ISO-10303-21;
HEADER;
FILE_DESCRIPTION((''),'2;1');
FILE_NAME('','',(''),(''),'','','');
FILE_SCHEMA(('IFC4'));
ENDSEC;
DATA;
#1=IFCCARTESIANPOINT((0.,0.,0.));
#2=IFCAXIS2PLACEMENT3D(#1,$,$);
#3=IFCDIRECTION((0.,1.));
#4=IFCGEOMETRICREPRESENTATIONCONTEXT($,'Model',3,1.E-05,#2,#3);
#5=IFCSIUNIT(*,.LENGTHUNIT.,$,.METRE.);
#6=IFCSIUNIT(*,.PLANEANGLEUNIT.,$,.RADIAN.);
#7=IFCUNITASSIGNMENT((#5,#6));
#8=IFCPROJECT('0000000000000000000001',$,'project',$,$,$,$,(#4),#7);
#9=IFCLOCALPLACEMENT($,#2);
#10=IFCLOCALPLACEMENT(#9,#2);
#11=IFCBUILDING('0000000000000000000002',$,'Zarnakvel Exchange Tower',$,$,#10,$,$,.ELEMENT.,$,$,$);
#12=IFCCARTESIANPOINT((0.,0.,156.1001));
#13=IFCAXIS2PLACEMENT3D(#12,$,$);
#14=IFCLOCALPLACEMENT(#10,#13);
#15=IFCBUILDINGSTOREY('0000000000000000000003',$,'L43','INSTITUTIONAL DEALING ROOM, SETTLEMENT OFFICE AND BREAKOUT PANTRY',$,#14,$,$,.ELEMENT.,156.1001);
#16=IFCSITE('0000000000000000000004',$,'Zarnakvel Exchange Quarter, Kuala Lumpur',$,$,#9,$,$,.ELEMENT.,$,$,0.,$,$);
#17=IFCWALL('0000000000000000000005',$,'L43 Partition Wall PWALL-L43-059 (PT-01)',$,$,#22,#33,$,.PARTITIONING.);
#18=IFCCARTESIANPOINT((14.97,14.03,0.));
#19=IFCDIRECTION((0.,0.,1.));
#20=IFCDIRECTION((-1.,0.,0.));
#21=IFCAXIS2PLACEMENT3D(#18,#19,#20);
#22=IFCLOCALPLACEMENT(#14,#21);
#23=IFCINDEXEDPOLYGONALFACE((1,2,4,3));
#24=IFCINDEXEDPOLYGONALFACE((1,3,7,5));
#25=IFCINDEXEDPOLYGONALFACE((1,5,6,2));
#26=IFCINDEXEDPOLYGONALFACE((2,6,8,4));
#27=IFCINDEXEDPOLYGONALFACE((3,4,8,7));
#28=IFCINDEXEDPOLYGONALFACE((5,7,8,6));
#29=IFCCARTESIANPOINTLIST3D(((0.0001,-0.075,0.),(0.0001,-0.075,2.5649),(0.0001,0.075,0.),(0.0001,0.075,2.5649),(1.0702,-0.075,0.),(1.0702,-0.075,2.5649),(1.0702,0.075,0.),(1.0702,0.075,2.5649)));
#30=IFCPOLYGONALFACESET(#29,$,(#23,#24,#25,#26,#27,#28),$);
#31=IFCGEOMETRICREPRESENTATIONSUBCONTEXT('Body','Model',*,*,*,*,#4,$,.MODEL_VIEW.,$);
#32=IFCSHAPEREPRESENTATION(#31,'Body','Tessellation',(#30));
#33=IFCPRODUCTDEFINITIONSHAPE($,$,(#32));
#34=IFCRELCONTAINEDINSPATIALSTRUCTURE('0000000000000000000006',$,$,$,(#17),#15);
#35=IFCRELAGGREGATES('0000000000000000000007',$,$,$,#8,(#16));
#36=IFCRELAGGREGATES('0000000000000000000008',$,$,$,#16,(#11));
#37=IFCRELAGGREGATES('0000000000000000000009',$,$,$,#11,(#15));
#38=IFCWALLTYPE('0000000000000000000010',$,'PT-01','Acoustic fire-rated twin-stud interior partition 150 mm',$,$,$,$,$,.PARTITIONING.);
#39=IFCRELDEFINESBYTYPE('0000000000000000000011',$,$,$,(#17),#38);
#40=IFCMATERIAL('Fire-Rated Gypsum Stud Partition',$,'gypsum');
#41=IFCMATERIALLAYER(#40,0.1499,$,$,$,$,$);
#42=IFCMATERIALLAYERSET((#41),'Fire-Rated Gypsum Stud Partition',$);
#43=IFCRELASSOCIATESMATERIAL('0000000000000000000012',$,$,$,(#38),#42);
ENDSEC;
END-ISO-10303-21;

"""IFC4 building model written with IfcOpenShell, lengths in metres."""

from ifc_helpers import new_model, si_unit, direction, frame, frame_2d, origin, place, context, subcontext, project, spatial, rectangle, extrude, material, layer, layer_set, type_object, element, save


model = new_model("IFC4")

# Units and contexts
model_context = context("Model", 3, precision=1e-05, world=origin(), true_north=direction((0.0, 1.0)))
body_context = subcontext(model_context, "Body", "Model", "MODEL_VIEW")
ifc_project = project(units=[si_unit("LENGTHUNIT", "METRE"), si_unit("PLANEANGLEUNIT", "RADIAN")], contexts=[model_context])

# Site, building, storey
site_placement = place(None, origin())
site = spatial("IfcSite", under=ifc_project, at=site_placement, Name="Zarnakvel Exchange Quarter, Kuala Lumpur", CompositionType="ELEMENT", RefElevation=0.0)
building_placement = place(site_placement, origin())
building = spatial("IfcBuilding", under=site, at=building_placement, Name="Zarnakvel Exchange Tower", CompositionType="ELEMENT")
storey_placement = place(building_placement, frame((0.0, 0.0, 156.1001)))
storey = spatial("IfcBuildingStorey", under=building, at=storey_placement, Name="L43", Description="INSTITUTIONAL DEALING ROOM, SETTLEMENT OFFICE AND BREAKOUT PANTRY", CompositionType="ELEMENT", Elevation=156.1001)

# Wall
ifc_material_1 = material(Name="Fire-Rated Gypsum Stud Partition", Category="gypsum")
ifc_layer_1 = layer(ifc_material_1, 0.1499)
ifc_layer_set_1 = layer_set([ifc_layer_1], Name="Fire-Rated Gypsum Stud Partition")
wall_type_1 = type_object("IfcWallType", Name="PT-01", Description="Acoustic fire-rated twin-stud interior partition 150 mm", PredefinedType="PARTITIONING", material=ifc_layer_set_1)
wall_1_placement = place(storey_placement, frame((14.97, 14.03, 0.0), z_axis=(0.0, 0.0, 1.0), x_axis=(-1.0, 0.0, 0.0)))
element("IfcWall", 1, at=wall_1_placement, inside=storey, type_object=wall_type_1, Name="L43 Partition Wall PWALL-L43-059 (PT-01)", PredefinedType="PARTITIONING", context=body_context, shape_type="SweptSolid", body=[
    extrude(rectangle(XDim=1.0701, YDim=0.1499, at=frame_2d((0.5352, 0.0))), origin(), (0.0, 0.0, 1.0), 2.5649),
])

save(model, "model.ifc")
